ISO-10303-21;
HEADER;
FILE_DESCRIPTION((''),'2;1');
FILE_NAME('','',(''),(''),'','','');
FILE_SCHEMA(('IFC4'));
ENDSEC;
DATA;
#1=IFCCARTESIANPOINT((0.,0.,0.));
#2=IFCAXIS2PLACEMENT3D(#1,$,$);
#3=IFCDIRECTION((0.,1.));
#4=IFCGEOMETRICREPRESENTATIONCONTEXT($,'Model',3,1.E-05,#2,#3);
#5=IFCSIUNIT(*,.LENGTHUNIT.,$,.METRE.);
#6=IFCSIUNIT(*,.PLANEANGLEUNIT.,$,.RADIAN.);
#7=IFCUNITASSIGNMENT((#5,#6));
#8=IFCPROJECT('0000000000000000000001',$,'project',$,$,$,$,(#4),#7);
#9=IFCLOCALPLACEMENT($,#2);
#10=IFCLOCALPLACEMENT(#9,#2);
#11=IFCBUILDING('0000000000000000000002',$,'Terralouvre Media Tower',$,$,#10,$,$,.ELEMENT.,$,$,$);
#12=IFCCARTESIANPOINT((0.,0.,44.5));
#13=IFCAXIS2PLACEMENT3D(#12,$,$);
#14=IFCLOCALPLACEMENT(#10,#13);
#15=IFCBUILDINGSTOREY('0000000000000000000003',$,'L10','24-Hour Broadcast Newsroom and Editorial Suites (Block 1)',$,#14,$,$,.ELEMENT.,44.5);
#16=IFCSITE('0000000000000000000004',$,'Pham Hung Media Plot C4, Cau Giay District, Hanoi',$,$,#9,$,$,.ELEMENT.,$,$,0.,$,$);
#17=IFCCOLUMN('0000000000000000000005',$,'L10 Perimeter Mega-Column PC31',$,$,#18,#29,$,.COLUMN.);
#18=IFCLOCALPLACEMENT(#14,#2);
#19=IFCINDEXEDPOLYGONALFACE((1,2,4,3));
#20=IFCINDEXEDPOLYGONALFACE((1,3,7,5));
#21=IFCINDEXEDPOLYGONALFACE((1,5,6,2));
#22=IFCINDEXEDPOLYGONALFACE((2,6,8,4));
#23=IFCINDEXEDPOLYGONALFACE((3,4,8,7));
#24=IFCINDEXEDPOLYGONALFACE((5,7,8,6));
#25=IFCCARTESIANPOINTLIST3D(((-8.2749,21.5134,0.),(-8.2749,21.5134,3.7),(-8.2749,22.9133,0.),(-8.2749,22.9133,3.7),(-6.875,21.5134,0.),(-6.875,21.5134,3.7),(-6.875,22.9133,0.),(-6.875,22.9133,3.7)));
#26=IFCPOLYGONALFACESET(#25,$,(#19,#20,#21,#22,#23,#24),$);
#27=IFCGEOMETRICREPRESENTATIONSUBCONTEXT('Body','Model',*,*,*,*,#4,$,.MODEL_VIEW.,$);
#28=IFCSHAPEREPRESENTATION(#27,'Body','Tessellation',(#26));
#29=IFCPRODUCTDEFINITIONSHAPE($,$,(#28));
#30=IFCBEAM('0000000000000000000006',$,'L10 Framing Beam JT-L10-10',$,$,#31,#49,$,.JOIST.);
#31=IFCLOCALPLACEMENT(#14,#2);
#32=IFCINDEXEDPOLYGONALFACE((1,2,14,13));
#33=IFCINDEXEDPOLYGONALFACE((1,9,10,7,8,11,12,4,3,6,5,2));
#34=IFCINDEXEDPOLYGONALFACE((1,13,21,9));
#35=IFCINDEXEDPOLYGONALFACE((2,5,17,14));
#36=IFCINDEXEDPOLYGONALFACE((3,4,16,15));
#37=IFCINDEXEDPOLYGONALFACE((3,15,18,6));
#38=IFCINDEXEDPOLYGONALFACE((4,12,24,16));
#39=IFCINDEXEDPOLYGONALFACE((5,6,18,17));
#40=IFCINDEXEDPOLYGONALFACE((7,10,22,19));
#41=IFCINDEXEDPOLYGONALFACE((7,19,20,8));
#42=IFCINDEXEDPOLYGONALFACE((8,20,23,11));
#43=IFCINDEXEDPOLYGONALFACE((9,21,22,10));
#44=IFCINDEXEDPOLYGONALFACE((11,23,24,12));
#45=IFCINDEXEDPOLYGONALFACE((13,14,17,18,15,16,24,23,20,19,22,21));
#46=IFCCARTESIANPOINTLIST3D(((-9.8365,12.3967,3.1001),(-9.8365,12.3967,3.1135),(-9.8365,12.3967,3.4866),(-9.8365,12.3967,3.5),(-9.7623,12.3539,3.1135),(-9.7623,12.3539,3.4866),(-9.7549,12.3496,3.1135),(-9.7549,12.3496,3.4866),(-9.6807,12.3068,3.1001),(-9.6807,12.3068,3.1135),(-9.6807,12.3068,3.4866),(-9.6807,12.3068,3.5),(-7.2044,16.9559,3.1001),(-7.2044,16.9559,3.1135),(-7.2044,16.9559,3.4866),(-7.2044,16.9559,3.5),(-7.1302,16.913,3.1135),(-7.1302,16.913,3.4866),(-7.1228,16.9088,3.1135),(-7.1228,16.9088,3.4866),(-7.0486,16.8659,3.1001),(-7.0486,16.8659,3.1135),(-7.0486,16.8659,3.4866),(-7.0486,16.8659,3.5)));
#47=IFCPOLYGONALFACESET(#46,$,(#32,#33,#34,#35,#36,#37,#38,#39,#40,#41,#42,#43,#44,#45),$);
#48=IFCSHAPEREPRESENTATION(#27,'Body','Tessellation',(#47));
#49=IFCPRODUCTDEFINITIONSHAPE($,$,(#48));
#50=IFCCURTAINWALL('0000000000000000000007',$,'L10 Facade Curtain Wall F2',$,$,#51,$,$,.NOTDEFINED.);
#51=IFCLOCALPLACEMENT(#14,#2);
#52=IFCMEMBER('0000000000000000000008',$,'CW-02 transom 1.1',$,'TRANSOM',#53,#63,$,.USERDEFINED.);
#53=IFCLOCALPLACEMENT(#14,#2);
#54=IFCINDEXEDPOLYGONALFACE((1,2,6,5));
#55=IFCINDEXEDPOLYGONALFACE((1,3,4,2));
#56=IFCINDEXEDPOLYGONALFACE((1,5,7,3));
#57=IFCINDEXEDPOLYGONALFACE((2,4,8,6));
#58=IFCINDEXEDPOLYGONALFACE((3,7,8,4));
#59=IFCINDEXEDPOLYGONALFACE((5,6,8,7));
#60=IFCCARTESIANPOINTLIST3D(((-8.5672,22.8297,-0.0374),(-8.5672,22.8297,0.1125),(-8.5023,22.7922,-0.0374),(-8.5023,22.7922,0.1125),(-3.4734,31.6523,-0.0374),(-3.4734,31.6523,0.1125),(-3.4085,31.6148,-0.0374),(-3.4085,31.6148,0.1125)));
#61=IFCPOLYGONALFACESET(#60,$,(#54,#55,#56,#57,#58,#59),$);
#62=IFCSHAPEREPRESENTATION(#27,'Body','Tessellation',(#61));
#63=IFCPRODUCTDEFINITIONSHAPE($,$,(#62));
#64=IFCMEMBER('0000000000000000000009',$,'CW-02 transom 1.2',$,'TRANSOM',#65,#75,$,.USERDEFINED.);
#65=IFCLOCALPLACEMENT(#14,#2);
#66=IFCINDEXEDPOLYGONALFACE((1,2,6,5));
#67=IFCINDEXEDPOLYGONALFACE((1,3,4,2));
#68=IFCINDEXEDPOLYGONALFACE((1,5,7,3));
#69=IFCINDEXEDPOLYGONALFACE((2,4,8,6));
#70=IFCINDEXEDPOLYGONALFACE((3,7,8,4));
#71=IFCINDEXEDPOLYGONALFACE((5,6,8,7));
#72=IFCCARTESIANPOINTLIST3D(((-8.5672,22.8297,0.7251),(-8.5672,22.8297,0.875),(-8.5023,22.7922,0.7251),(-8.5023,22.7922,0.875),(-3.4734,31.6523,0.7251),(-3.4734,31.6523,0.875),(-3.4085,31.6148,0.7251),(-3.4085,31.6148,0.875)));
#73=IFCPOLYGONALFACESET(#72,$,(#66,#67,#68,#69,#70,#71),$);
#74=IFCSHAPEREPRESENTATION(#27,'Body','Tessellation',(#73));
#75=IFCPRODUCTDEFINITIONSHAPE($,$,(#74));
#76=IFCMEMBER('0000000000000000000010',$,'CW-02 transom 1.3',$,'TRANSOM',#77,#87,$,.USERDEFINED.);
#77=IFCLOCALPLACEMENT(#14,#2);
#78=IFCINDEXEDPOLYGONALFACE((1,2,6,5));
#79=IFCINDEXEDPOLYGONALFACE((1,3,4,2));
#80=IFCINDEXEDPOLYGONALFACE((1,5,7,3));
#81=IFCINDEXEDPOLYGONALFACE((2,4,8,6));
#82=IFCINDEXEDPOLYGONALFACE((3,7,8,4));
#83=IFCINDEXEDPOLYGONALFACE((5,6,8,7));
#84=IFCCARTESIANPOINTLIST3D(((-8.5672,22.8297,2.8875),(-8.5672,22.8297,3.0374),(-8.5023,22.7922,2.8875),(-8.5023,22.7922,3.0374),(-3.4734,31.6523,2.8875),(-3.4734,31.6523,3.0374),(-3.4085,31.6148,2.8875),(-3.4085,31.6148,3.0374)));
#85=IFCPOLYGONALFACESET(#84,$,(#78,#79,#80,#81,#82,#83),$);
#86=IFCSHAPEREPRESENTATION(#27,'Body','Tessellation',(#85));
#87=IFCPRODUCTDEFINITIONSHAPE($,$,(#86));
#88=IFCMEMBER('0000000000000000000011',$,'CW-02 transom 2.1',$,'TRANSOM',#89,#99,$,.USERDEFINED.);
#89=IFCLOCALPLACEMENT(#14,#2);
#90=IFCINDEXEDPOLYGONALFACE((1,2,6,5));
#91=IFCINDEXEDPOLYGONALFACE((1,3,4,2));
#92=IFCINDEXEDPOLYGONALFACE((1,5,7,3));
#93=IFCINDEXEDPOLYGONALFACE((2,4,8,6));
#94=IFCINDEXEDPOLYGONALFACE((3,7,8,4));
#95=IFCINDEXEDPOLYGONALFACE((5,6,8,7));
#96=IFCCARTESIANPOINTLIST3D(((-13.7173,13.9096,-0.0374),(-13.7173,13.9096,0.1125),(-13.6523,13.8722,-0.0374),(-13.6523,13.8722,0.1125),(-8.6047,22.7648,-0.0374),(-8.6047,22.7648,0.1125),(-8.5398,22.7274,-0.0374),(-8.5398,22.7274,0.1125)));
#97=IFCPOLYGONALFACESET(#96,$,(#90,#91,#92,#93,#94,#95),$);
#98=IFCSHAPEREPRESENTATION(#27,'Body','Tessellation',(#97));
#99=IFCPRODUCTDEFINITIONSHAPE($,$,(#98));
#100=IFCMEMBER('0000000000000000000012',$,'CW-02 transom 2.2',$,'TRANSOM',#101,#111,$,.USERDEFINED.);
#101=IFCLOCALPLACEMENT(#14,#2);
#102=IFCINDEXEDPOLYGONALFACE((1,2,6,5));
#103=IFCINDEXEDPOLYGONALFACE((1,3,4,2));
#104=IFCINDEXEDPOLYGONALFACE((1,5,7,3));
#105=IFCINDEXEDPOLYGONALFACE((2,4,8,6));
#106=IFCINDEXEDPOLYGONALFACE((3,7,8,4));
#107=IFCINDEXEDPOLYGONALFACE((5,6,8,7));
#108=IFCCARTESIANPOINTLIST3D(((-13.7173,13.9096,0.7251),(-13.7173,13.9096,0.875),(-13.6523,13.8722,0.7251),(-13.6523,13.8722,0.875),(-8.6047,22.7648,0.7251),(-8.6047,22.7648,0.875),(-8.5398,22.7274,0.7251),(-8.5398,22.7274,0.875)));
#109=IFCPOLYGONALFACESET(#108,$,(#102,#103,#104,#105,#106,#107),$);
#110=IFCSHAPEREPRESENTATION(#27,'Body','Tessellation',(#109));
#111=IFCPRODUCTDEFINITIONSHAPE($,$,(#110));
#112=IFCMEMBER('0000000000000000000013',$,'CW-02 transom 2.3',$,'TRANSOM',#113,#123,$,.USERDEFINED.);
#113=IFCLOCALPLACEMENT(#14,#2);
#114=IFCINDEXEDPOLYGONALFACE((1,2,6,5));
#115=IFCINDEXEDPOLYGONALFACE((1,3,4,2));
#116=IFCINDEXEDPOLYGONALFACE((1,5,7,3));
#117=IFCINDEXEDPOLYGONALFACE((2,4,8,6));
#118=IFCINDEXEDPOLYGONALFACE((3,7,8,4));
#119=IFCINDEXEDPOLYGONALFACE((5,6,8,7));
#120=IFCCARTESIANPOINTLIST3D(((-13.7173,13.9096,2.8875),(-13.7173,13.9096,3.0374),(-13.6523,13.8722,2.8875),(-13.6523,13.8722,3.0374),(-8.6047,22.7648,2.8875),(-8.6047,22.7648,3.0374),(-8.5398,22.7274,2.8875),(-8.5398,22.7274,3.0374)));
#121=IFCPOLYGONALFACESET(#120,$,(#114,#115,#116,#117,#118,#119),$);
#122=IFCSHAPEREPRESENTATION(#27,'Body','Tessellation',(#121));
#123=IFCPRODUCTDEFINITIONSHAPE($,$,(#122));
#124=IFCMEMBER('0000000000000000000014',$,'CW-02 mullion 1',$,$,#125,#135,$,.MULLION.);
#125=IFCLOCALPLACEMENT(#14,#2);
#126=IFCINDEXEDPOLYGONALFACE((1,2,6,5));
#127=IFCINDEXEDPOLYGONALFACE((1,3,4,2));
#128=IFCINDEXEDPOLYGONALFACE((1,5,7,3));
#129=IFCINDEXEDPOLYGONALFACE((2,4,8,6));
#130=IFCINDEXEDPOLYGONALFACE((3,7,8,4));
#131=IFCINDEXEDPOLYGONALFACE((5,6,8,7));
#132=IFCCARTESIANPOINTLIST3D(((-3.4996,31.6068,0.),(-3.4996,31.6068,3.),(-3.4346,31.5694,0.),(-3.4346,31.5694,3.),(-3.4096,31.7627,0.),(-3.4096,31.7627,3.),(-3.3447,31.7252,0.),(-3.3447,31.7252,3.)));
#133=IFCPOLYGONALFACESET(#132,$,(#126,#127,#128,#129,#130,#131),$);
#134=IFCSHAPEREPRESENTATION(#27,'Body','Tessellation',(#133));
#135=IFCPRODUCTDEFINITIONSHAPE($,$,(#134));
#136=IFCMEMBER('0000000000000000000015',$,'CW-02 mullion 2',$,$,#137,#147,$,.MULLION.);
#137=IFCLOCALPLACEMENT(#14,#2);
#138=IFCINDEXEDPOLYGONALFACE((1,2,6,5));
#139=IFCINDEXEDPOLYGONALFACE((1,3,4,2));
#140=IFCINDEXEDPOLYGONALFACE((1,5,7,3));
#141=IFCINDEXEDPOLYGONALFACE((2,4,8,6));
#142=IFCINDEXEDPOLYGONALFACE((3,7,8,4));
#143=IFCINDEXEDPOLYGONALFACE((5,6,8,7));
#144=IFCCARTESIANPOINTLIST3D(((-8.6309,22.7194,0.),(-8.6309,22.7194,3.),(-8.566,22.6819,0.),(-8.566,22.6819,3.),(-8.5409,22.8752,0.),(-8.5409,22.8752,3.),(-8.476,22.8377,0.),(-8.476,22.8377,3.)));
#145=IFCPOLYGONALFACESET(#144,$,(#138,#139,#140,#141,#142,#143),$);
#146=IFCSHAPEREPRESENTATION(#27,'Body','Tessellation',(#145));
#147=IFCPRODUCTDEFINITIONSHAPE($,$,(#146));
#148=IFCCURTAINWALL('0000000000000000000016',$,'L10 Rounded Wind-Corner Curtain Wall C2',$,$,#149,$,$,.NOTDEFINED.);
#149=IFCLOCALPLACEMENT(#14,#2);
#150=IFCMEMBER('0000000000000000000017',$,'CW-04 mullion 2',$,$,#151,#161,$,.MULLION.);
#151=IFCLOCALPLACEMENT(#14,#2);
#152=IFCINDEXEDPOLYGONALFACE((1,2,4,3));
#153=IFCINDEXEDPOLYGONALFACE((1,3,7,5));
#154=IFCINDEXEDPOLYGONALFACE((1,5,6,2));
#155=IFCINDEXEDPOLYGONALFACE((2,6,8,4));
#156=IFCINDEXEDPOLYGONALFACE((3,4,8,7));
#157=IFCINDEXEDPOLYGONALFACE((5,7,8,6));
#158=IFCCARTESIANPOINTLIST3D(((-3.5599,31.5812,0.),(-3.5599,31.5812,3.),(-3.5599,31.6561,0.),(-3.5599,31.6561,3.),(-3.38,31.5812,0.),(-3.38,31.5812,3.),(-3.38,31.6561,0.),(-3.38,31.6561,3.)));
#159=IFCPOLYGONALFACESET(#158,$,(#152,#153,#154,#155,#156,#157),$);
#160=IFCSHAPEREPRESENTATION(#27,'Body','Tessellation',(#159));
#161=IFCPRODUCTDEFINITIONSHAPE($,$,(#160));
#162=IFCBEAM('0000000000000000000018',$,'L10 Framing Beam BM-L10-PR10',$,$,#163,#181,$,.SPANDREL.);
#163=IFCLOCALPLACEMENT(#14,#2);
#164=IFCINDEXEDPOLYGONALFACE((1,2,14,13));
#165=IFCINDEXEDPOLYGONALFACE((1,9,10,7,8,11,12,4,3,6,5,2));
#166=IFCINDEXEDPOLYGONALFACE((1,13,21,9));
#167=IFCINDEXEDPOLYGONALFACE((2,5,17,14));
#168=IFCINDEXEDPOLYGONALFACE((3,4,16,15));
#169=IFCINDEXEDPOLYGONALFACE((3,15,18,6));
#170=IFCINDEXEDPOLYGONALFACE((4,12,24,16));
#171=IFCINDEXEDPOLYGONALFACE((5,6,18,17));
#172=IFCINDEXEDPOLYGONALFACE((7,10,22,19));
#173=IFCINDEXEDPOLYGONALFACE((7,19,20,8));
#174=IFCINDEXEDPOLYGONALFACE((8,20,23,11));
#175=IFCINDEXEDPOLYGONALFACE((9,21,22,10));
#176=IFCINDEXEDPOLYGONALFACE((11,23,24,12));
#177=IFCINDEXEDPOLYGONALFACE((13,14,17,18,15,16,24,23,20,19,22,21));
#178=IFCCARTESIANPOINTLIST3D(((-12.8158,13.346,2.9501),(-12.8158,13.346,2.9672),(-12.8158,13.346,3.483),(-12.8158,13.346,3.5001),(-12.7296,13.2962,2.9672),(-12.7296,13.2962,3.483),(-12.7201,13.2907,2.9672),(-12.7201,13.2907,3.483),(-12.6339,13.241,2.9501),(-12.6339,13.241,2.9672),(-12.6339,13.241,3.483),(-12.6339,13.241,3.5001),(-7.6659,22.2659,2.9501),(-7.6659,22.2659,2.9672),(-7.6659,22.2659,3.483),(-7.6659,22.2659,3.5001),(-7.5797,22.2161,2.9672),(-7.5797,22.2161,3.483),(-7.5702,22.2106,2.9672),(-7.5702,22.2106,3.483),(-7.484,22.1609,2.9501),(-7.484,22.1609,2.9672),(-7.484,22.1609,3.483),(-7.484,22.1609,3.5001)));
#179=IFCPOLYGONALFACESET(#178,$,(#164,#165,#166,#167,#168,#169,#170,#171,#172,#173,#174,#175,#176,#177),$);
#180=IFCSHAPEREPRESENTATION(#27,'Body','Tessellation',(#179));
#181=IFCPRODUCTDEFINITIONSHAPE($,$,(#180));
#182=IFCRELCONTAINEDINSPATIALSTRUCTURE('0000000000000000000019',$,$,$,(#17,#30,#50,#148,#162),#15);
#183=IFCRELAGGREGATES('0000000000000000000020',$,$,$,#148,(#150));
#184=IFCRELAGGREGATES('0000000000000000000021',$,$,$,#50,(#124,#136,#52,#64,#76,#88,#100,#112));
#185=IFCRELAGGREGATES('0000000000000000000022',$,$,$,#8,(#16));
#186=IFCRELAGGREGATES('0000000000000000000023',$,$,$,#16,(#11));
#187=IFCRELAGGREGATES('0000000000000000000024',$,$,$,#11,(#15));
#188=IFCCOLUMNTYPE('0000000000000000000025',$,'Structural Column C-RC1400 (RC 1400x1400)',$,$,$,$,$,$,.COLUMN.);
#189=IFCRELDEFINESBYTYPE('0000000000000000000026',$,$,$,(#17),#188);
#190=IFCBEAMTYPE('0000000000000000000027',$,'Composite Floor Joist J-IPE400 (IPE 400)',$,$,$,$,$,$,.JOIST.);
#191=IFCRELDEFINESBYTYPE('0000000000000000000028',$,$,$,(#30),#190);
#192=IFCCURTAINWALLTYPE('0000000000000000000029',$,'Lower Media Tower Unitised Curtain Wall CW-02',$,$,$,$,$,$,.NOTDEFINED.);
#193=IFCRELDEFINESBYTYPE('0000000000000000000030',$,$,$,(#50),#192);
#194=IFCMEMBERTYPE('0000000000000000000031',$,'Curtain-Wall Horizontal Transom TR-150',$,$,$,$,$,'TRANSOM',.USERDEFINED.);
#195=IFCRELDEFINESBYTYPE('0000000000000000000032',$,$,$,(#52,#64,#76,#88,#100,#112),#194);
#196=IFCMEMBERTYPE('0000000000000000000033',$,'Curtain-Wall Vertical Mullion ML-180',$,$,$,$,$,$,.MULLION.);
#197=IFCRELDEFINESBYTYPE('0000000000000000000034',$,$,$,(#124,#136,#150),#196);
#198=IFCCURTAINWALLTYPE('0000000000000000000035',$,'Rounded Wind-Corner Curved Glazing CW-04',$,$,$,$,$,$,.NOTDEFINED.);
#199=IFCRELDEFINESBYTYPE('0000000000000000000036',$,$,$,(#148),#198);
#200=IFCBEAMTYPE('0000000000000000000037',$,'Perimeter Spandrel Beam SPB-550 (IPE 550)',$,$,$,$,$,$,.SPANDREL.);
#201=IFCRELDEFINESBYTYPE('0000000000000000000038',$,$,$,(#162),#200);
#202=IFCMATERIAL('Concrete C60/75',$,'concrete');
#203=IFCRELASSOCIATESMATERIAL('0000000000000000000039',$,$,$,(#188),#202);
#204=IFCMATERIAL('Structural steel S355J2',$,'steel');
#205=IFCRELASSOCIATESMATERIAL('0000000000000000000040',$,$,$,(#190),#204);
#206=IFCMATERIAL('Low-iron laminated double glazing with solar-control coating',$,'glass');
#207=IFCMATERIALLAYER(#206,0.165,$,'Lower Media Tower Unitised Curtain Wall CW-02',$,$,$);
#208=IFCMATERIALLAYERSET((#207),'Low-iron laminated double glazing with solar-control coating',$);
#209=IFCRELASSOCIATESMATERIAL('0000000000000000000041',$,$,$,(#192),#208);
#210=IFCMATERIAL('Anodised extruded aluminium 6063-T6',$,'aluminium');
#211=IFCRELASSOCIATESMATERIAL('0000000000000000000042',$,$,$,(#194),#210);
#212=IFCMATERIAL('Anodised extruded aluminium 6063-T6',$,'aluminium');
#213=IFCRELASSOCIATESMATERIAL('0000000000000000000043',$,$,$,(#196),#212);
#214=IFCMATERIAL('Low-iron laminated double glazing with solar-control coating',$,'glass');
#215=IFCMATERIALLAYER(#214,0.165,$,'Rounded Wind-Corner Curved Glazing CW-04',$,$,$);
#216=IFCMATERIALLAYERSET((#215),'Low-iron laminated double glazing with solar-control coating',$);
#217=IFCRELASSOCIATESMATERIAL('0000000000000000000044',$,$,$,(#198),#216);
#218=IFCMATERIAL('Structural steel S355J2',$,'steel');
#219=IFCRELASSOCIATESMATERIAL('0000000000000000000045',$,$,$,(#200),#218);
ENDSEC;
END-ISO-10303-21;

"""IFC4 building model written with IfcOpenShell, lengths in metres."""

from ifc_helpers import new_model, si_unit, direction, frame, origin, origin_2d, place, context, subcontext, project, spatial, rectangle, i_section, extrude, material, layer, layer_set, material_profile, profile_set, type_object, element, aggregate, save


model = new_model("IFC4")

# Units and contexts
model_context = context("Model", 3, precision=1e-05, world=origin(), true_north=direction((0.0, 1.0)))
body_context = subcontext(model_context, "Body", "Model", "MODEL_VIEW")
ifc_project = project(units=[si_unit("LENGTHUNIT", "METRE"), si_unit("PLANEANGLEUNIT", "RADIAN")], contexts=[model_context])

# Site, building, storey
site_placement = place(None, origin())
site = spatial("IfcSite", under=ifc_project, at=site_placement, Name="Pham Hung Media Plot C4, Cau Giay District, Hanoi", CompositionType="ELEMENT", RefElevation=0.0)
building_placement = place(site_placement, origin())
building = spatial("IfcBuilding", under=site, at=building_placement, Name="Terralouvre Media Tower", CompositionType="ELEMENT")
storey_placement = place(building_placement, frame((0.0, 0.0, 44.5)))
storey = spatial("IfcBuildingStorey", under=building, at=storey_placement, Name="L10", Description="24-Hour Broadcast Newsroom and Editorial Suites (Block 1)", CompositionType="ELEMENT", Elevation=44.5)

# Column
ifc_material_1 = material(Name="Concrete C60/75", Category="concrete")
ifc_material_profile_1 = material_profile(ifc_material_1, rectangle(XDim=1.3999, YDim=1.3999, at=origin_2d()), Name="RC 1400x1400")
ifc_profile_set_1 = profile_set([ifc_material_profile_1], Name="Concrete C60/75")
column_type = type_object("IfcColumnType", Name="Structural Column C-RC1400 (RC 1400x1400)", PredefinedType="COLUMN", material=ifc_profile_set_1)
column_placement = place(storey_placement, frame((-7.575, 22.2134, 0.0), z_axis=(0.0, 0.0, 1.0), x_axis=(1.0, 0.0, 0.0)))
element("IfcColumn", 1, at=column_placement, inside=storey, type_object=column_type, Name="L10 Perimeter Mega-Column PC31", PredefinedType="COLUMN", context=body_context, shape_type="SweptSolid", body=[
    extrude(rectangle(XDim=1.3999, YDim=1.3999, at=origin_2d()), origin(), (0.0, 0.0, 1.0), 3.7),
])

# Beam
ifc_material_2 = material(Name="Structural steel S355J2", Category="steel")
ifc_material_profile_2 = material_profile(ifc_material_2, i_section(OverallWidth=0.1799, OverallDepth=0.3999, WebThickness=0.0085, FlangeThickness=0.0134, at=origin_2d()), Name="IPE 400")
ifc_profile_set_2 = profile_set([ifc_material_profile_2], Name="Structural steel S355J2")
beam_type_1 = type_object("IfcBeamType", Name="Composite Floor Joist J-IPE400 (IPE 400)", PredefinedType="JOIST", material=ifc_profile_set_2)
beam_1_placement = place(storey_placement, frame((-7.1265, 16.9109, 3.3), z_axis=(-0.499985, -0.866034, 0.0), x_axis=(0.866034, -0.499985, 0.0)))
element("IfcBeam", 2, at=beam_1_placement, inside=storey, type_object=beam_type_1, Name="L10 Framing Beam JT-L10-10", PredefinedType="JOIST", context=body_context, shape_type="SweptSolid", body=[
    extrude(i_section(OverallWidth=0.1799, OverallDepth=0.3999, WebThickness=0.0085, FlangeThickness=0.0134, at=origin_2d()), origin(), (0.0, 0.0, 1.0), 5.2644),
])

# Curtain wall, members
ifc_material_3 = material(Name="Low-iron laminated double glazing with solar-control coating", Category="glass")
ifc_layer_1 = layer(ifc_material_3, 0.165, Name="Lower Media Tower Unitised Curtain Wall CW-02")
ifc_layer_set_1 = layer_set([ifc_layer_1], Name="Low-iron laminated double glazing with solar-control coating")
curtain_wall_type_1 = type_object("IfcCurtainWallType", Name="Lower Media Tower Unitised Curtain Wall CW-02", PredefinedType="NOTDEFINED", material=ifc_layer_set_1)
curtain_wall_1_placement = place(storey_placement, origin())
curtain_wall_1 = element("IfcCurtainWall", 3, at=curtain_wall_1_placement, inside=storey, type_object=curtain_wall_type_1, Name="L10 Facade Curtain Wall F2", PredefinedType="NOTDEFINED")
ifc_material_4 = material(Name="Anodised extruded aluminium 6063-T6", Category="aluminium")
ifc_material_profile_3 = material_profile(ifc_material_4, rectangle(XDim=0.075, YDim=0.1499, at=origin_2d()), Name="ALU 75x150")
ifc_profile_set_3 = profile_set([ifc_material_profile_3], Name="Anodised extruded aluminium 6063-T6")
member_type_1 = type_object("IfcMemberType", Name="Curtain-Wall Horizontal Transom TR-150", ElementType="TRANSOM", PredefinedType="USERDEFINED", material=ifc_profile_set_3)
member_1_placement = place(storey_placement, frame((-3.4409, 31.6335, 0.0376), z_axis=(-0.500005, -0.866022, 0.0), x_axis=(0.866022, -0.500005, 0.0)))
member_1 = element("IfcMember", 4, at=member_1_placement, type_object=member_type_1, Name="CW-02 transom 1.1", ObjectType="TRANSOM", PredefinedType="USERDEFINED", context=body_context, shape_type="SweptSolid", body=[
    extrude(rectangle(XDim=0.075, YDim=0.1499, at=origin_2d()), origin(), (0.0, 0.0, 1.0), 10.1875),
])
member_2_placement = place(storey_placement, frame((-3.4409, 31.6335, 0.8), z_axis=(-0.500005, -0.866022, 0.0), x_axis=(0.866022, -0.500005, 0.0)))
member_2 = element("IfcMember", 5, at=member_2_placement, type_object=member_type_1, Name="CW-02 transom 1.2", ObjectType="TRANSOM", PredefinedType="USERDEFINED", context=body_context, shape_type="SweptSolid", body=[
    extrude(rectangle(XDim=0.075, YDim=0.1499, at=origin_2d()), origin(), (0.0, 0.0, 1.0), 10.1875),
])
member_3_placement = place(storey_placement, frame((-3.4409, 31.6335, 2.9624), z_axis=(-0.500005, -0.866022, 0.0), x_axis=(0.866022, -0.500005, 0.0)))
member_3 = element("IfcMember", 6, at=member_3_placement, type_object=member_type_1, Name="CW-02 transom 1.3", ObjectType="TRANSOM", PredefinedType="USERDEFINED", context=body_context, shape_type="SweptSolid", body=[
    extrude(rectangle(XDim=0.075, YDim=0.1499, at=origin_2d()), origin(), (0.0, 0.0, 1.0), 10.1875),
])
member_4_placement = place(storey_placement, frame((-8.5723, 22.7461, 0.0376), z_axis=(-0.499999, -0.866026, 0.0), x_axis=(0.866026, -0.499999, 0.0)))
member_4 = element("IfcMember", 7, at=member_4_placement, type_object=member_type_1, Name="CW-02 transom 2.1", ObjectType="TRANSOM", PredefinedType="USERDEFINED", context=body_context, shape_type="SweptSolid", body=[
    extrude(rectangle(XDim=0.075, YDim=0.1499, at=origin_2d()), origin(), (0.0, 0.0, 1.0), 10.2251),
])
member_5_placement = place(storey_placement, frame((-8.5723, 22.7461, 0.8), z_axis=(-0.499999, -0.866026, 0.0), x_axis=(0.866026, -0.499999, 0.0)))
member_5 = element("IfcMember", 8, at=member_5_placement, type_object=member_type_1, Name="CW-02 transom 2.2", ObjectType="TRANSOM", PredefinedType="USERDEFINED", context=body_context, shape_type="SweptSolid", body=[
    extrude(rectangle(XDim=0.075, YDim=0.1499, at=origin_2d()), origin(), (0.0, 0.0, 1.0), 10.2251),
])
member_6_placement = place(storey_placement, frame((-8.5723, 22.7461, 2.9624), z_axis=(-0.499999, -0.866026, 0.0), x_axis=(0.866026, -0.499999, 0.0)))
member_6 = element("IfcMember", 9, at=member_6_placement, type_object=member_type_1, Name="CW-02 transom 2.3", ObjectType="TRANSOM", PredefinedType="USERDEFINED", context=body_context, shape_type="SweptSolid", body=[
    extrude(rectangle(XDim=0.075, YDim=0.1499, at=origin_2d()), origin(), (0.0, 0.0, 1.0), 10.2251),
])
ifc_material_5 = material(Name="Anodised extruded aluminium 6063-T6", Category="aluminium")
ifc_material_profile_4 = material_profile(ifc_material_5, rectangle(XDim=0.075, YDim=0.1799, at=origin_2d()), Name="ALU 75x180")
ifc_profile_set_4 = profile_set([ifc_material_profile_4], Name="Anodised extruded aluminium 6063-T6")
member_type_2 = type_object("IfcMemberType", Name="Curtain-Wall Vertical Mullion ML-180", PredefinedType="MULLION", material=ifc_profile_set_4)
member_7_placement = place(storey_placement, frame((-3.4221, 31.666, 0.0), z_axis=(0.0, 0.0, 1.0), x_axis=(0.866025, -0.5, 0.0)))
member_7 = element("IfcMember", 10, at=member_7_placement, type_object=member_type_2, Name="CW-02 mullion 1", PredefinedType="MULLION", context=body_context, shape_type="SweptSolid", body=[
    extrude(rectangle(XDim=0.075, YDim=0.1799, at=origin_2d()), origin(), (0.0, 0.0, 1.0), 3.0),
])
member_8_placement = place(storey_placement, frame((-8.5535, 22.7786, 0.0), z_axis=(0.0, 0.0, 1.0), x_axis=(0.866025, -0.5, 0.0)))
member_8 = element("IfcMember", 11, at=member_8_placement, type_object=member_type_2, Name="CW-02 mullion 2", PredefinedType="MULLION", context=body_context, shape_type="SweptSolid", body=[
    extrude(rectangle(XDim=0.075, YDim=0.1799, at=origin_2d()), origin(), (0.0, 0.0, 1.0), 3.0),
])

# Curtain wall, member
ifc_material_6 = material(Name="Low-iron laminated double glazing with solar-control coating", Category="glass")
ifc_layer_2 = layer(ifc_material_6, 0.165, Name="Rounded Wind-Corner Curved Glazing CW-04")
ifc_layer_set_2 = layer_set([ifc_layer_2], Name="Low-iron laminated double glazing with solar-control coating")
curtain_wall_type_2 = type_object("IfcCurtainWallType", Name="Rounded Wind-Corner Curved Glazing CW-04", PredefinedType="NOTDEFINED", material=ifc_layer_set_2)
curtain_wall_2_placement = place(storey_placement, origin())
curtain_wall_2 = element("IfcCurtainWall", 12, at=curtain_wall_2_placement, inside=storey, type_object=curtain_wall_type_2, Name="L10 Rounded Wind-Corner Curtain Wall C2", PredefinedType="NOTDEFINED")
member_9_placement = place(storey_placement, frame((-3.47, 31.6187, 0.0), z_axis=(0.0, 0.0, 1.0), x_axis=(0.0, -1.0, 0.0)))
member_9 = element("IfcMember", 13, at=member_9_placement, type_object=member_type_2, Name="CW-04 mullion 2", PredefinedType="MULLION", context=body_context, shape_type="SweptSolid", body=[
    extrude(rectangle(XDim=0.075, YDim=0.1799, at=origin_2d()), origin(), (0.0, 0.0, 1.0), 3.0),
])

# Beam
ifc_material_7 = material(Name="Structural steel S355J2", Category="steel")
ifc_material_profile_5 = material_profile(ifc_material_7, i_section(OverallWidth=0.21, OverallDepth=0.55, WebThickness=0.011, FlangeThickness=0.0171, at=origin_2d()), Name="IPE 550")
ifc_profile_set_5 = profile_set([ifc_material_profile_5], Name="Structural steel S355J2")
beam_type_2 = type_object("IfcBeamType", Name="Perimeter Spandrel Beam SPB-550 (IPE 550)", PredefinedType="SPANDREL", material=ifc_profile_set_5)
beam_2_placement = place(storey_placement, frame((-7.575, 22.2134, 3.2251), z_axis=(-0.499999, -0.866026, 0.0), x_axis=(0.866026, -0.499999, 0.0)))
element("IfcBeam", 14, at=beam_2_placement, inside=storey, type_object=beam_type_2, Name="L10 Framing Beam BM-L10-PR10", PredefinedType="SPANDREL", context=body_context, shape_type="SweptSolid", body=[
    extrude(i_section(OverallWidth=0.21, OverallDepth=0.55, WebThickness=0.011, FlangeThickness=0.0171, at=origin_2d()), origin(), (0.0, 0.0, 1.0), 10.2998),
])

aggregate(curtain_wall_2, [member_9])
aggregate(curtain_wall_1, [member_7, member_8, member_1, member_2, member_3, member_4, member_5, member_6])

save(model, "model.ifc")
